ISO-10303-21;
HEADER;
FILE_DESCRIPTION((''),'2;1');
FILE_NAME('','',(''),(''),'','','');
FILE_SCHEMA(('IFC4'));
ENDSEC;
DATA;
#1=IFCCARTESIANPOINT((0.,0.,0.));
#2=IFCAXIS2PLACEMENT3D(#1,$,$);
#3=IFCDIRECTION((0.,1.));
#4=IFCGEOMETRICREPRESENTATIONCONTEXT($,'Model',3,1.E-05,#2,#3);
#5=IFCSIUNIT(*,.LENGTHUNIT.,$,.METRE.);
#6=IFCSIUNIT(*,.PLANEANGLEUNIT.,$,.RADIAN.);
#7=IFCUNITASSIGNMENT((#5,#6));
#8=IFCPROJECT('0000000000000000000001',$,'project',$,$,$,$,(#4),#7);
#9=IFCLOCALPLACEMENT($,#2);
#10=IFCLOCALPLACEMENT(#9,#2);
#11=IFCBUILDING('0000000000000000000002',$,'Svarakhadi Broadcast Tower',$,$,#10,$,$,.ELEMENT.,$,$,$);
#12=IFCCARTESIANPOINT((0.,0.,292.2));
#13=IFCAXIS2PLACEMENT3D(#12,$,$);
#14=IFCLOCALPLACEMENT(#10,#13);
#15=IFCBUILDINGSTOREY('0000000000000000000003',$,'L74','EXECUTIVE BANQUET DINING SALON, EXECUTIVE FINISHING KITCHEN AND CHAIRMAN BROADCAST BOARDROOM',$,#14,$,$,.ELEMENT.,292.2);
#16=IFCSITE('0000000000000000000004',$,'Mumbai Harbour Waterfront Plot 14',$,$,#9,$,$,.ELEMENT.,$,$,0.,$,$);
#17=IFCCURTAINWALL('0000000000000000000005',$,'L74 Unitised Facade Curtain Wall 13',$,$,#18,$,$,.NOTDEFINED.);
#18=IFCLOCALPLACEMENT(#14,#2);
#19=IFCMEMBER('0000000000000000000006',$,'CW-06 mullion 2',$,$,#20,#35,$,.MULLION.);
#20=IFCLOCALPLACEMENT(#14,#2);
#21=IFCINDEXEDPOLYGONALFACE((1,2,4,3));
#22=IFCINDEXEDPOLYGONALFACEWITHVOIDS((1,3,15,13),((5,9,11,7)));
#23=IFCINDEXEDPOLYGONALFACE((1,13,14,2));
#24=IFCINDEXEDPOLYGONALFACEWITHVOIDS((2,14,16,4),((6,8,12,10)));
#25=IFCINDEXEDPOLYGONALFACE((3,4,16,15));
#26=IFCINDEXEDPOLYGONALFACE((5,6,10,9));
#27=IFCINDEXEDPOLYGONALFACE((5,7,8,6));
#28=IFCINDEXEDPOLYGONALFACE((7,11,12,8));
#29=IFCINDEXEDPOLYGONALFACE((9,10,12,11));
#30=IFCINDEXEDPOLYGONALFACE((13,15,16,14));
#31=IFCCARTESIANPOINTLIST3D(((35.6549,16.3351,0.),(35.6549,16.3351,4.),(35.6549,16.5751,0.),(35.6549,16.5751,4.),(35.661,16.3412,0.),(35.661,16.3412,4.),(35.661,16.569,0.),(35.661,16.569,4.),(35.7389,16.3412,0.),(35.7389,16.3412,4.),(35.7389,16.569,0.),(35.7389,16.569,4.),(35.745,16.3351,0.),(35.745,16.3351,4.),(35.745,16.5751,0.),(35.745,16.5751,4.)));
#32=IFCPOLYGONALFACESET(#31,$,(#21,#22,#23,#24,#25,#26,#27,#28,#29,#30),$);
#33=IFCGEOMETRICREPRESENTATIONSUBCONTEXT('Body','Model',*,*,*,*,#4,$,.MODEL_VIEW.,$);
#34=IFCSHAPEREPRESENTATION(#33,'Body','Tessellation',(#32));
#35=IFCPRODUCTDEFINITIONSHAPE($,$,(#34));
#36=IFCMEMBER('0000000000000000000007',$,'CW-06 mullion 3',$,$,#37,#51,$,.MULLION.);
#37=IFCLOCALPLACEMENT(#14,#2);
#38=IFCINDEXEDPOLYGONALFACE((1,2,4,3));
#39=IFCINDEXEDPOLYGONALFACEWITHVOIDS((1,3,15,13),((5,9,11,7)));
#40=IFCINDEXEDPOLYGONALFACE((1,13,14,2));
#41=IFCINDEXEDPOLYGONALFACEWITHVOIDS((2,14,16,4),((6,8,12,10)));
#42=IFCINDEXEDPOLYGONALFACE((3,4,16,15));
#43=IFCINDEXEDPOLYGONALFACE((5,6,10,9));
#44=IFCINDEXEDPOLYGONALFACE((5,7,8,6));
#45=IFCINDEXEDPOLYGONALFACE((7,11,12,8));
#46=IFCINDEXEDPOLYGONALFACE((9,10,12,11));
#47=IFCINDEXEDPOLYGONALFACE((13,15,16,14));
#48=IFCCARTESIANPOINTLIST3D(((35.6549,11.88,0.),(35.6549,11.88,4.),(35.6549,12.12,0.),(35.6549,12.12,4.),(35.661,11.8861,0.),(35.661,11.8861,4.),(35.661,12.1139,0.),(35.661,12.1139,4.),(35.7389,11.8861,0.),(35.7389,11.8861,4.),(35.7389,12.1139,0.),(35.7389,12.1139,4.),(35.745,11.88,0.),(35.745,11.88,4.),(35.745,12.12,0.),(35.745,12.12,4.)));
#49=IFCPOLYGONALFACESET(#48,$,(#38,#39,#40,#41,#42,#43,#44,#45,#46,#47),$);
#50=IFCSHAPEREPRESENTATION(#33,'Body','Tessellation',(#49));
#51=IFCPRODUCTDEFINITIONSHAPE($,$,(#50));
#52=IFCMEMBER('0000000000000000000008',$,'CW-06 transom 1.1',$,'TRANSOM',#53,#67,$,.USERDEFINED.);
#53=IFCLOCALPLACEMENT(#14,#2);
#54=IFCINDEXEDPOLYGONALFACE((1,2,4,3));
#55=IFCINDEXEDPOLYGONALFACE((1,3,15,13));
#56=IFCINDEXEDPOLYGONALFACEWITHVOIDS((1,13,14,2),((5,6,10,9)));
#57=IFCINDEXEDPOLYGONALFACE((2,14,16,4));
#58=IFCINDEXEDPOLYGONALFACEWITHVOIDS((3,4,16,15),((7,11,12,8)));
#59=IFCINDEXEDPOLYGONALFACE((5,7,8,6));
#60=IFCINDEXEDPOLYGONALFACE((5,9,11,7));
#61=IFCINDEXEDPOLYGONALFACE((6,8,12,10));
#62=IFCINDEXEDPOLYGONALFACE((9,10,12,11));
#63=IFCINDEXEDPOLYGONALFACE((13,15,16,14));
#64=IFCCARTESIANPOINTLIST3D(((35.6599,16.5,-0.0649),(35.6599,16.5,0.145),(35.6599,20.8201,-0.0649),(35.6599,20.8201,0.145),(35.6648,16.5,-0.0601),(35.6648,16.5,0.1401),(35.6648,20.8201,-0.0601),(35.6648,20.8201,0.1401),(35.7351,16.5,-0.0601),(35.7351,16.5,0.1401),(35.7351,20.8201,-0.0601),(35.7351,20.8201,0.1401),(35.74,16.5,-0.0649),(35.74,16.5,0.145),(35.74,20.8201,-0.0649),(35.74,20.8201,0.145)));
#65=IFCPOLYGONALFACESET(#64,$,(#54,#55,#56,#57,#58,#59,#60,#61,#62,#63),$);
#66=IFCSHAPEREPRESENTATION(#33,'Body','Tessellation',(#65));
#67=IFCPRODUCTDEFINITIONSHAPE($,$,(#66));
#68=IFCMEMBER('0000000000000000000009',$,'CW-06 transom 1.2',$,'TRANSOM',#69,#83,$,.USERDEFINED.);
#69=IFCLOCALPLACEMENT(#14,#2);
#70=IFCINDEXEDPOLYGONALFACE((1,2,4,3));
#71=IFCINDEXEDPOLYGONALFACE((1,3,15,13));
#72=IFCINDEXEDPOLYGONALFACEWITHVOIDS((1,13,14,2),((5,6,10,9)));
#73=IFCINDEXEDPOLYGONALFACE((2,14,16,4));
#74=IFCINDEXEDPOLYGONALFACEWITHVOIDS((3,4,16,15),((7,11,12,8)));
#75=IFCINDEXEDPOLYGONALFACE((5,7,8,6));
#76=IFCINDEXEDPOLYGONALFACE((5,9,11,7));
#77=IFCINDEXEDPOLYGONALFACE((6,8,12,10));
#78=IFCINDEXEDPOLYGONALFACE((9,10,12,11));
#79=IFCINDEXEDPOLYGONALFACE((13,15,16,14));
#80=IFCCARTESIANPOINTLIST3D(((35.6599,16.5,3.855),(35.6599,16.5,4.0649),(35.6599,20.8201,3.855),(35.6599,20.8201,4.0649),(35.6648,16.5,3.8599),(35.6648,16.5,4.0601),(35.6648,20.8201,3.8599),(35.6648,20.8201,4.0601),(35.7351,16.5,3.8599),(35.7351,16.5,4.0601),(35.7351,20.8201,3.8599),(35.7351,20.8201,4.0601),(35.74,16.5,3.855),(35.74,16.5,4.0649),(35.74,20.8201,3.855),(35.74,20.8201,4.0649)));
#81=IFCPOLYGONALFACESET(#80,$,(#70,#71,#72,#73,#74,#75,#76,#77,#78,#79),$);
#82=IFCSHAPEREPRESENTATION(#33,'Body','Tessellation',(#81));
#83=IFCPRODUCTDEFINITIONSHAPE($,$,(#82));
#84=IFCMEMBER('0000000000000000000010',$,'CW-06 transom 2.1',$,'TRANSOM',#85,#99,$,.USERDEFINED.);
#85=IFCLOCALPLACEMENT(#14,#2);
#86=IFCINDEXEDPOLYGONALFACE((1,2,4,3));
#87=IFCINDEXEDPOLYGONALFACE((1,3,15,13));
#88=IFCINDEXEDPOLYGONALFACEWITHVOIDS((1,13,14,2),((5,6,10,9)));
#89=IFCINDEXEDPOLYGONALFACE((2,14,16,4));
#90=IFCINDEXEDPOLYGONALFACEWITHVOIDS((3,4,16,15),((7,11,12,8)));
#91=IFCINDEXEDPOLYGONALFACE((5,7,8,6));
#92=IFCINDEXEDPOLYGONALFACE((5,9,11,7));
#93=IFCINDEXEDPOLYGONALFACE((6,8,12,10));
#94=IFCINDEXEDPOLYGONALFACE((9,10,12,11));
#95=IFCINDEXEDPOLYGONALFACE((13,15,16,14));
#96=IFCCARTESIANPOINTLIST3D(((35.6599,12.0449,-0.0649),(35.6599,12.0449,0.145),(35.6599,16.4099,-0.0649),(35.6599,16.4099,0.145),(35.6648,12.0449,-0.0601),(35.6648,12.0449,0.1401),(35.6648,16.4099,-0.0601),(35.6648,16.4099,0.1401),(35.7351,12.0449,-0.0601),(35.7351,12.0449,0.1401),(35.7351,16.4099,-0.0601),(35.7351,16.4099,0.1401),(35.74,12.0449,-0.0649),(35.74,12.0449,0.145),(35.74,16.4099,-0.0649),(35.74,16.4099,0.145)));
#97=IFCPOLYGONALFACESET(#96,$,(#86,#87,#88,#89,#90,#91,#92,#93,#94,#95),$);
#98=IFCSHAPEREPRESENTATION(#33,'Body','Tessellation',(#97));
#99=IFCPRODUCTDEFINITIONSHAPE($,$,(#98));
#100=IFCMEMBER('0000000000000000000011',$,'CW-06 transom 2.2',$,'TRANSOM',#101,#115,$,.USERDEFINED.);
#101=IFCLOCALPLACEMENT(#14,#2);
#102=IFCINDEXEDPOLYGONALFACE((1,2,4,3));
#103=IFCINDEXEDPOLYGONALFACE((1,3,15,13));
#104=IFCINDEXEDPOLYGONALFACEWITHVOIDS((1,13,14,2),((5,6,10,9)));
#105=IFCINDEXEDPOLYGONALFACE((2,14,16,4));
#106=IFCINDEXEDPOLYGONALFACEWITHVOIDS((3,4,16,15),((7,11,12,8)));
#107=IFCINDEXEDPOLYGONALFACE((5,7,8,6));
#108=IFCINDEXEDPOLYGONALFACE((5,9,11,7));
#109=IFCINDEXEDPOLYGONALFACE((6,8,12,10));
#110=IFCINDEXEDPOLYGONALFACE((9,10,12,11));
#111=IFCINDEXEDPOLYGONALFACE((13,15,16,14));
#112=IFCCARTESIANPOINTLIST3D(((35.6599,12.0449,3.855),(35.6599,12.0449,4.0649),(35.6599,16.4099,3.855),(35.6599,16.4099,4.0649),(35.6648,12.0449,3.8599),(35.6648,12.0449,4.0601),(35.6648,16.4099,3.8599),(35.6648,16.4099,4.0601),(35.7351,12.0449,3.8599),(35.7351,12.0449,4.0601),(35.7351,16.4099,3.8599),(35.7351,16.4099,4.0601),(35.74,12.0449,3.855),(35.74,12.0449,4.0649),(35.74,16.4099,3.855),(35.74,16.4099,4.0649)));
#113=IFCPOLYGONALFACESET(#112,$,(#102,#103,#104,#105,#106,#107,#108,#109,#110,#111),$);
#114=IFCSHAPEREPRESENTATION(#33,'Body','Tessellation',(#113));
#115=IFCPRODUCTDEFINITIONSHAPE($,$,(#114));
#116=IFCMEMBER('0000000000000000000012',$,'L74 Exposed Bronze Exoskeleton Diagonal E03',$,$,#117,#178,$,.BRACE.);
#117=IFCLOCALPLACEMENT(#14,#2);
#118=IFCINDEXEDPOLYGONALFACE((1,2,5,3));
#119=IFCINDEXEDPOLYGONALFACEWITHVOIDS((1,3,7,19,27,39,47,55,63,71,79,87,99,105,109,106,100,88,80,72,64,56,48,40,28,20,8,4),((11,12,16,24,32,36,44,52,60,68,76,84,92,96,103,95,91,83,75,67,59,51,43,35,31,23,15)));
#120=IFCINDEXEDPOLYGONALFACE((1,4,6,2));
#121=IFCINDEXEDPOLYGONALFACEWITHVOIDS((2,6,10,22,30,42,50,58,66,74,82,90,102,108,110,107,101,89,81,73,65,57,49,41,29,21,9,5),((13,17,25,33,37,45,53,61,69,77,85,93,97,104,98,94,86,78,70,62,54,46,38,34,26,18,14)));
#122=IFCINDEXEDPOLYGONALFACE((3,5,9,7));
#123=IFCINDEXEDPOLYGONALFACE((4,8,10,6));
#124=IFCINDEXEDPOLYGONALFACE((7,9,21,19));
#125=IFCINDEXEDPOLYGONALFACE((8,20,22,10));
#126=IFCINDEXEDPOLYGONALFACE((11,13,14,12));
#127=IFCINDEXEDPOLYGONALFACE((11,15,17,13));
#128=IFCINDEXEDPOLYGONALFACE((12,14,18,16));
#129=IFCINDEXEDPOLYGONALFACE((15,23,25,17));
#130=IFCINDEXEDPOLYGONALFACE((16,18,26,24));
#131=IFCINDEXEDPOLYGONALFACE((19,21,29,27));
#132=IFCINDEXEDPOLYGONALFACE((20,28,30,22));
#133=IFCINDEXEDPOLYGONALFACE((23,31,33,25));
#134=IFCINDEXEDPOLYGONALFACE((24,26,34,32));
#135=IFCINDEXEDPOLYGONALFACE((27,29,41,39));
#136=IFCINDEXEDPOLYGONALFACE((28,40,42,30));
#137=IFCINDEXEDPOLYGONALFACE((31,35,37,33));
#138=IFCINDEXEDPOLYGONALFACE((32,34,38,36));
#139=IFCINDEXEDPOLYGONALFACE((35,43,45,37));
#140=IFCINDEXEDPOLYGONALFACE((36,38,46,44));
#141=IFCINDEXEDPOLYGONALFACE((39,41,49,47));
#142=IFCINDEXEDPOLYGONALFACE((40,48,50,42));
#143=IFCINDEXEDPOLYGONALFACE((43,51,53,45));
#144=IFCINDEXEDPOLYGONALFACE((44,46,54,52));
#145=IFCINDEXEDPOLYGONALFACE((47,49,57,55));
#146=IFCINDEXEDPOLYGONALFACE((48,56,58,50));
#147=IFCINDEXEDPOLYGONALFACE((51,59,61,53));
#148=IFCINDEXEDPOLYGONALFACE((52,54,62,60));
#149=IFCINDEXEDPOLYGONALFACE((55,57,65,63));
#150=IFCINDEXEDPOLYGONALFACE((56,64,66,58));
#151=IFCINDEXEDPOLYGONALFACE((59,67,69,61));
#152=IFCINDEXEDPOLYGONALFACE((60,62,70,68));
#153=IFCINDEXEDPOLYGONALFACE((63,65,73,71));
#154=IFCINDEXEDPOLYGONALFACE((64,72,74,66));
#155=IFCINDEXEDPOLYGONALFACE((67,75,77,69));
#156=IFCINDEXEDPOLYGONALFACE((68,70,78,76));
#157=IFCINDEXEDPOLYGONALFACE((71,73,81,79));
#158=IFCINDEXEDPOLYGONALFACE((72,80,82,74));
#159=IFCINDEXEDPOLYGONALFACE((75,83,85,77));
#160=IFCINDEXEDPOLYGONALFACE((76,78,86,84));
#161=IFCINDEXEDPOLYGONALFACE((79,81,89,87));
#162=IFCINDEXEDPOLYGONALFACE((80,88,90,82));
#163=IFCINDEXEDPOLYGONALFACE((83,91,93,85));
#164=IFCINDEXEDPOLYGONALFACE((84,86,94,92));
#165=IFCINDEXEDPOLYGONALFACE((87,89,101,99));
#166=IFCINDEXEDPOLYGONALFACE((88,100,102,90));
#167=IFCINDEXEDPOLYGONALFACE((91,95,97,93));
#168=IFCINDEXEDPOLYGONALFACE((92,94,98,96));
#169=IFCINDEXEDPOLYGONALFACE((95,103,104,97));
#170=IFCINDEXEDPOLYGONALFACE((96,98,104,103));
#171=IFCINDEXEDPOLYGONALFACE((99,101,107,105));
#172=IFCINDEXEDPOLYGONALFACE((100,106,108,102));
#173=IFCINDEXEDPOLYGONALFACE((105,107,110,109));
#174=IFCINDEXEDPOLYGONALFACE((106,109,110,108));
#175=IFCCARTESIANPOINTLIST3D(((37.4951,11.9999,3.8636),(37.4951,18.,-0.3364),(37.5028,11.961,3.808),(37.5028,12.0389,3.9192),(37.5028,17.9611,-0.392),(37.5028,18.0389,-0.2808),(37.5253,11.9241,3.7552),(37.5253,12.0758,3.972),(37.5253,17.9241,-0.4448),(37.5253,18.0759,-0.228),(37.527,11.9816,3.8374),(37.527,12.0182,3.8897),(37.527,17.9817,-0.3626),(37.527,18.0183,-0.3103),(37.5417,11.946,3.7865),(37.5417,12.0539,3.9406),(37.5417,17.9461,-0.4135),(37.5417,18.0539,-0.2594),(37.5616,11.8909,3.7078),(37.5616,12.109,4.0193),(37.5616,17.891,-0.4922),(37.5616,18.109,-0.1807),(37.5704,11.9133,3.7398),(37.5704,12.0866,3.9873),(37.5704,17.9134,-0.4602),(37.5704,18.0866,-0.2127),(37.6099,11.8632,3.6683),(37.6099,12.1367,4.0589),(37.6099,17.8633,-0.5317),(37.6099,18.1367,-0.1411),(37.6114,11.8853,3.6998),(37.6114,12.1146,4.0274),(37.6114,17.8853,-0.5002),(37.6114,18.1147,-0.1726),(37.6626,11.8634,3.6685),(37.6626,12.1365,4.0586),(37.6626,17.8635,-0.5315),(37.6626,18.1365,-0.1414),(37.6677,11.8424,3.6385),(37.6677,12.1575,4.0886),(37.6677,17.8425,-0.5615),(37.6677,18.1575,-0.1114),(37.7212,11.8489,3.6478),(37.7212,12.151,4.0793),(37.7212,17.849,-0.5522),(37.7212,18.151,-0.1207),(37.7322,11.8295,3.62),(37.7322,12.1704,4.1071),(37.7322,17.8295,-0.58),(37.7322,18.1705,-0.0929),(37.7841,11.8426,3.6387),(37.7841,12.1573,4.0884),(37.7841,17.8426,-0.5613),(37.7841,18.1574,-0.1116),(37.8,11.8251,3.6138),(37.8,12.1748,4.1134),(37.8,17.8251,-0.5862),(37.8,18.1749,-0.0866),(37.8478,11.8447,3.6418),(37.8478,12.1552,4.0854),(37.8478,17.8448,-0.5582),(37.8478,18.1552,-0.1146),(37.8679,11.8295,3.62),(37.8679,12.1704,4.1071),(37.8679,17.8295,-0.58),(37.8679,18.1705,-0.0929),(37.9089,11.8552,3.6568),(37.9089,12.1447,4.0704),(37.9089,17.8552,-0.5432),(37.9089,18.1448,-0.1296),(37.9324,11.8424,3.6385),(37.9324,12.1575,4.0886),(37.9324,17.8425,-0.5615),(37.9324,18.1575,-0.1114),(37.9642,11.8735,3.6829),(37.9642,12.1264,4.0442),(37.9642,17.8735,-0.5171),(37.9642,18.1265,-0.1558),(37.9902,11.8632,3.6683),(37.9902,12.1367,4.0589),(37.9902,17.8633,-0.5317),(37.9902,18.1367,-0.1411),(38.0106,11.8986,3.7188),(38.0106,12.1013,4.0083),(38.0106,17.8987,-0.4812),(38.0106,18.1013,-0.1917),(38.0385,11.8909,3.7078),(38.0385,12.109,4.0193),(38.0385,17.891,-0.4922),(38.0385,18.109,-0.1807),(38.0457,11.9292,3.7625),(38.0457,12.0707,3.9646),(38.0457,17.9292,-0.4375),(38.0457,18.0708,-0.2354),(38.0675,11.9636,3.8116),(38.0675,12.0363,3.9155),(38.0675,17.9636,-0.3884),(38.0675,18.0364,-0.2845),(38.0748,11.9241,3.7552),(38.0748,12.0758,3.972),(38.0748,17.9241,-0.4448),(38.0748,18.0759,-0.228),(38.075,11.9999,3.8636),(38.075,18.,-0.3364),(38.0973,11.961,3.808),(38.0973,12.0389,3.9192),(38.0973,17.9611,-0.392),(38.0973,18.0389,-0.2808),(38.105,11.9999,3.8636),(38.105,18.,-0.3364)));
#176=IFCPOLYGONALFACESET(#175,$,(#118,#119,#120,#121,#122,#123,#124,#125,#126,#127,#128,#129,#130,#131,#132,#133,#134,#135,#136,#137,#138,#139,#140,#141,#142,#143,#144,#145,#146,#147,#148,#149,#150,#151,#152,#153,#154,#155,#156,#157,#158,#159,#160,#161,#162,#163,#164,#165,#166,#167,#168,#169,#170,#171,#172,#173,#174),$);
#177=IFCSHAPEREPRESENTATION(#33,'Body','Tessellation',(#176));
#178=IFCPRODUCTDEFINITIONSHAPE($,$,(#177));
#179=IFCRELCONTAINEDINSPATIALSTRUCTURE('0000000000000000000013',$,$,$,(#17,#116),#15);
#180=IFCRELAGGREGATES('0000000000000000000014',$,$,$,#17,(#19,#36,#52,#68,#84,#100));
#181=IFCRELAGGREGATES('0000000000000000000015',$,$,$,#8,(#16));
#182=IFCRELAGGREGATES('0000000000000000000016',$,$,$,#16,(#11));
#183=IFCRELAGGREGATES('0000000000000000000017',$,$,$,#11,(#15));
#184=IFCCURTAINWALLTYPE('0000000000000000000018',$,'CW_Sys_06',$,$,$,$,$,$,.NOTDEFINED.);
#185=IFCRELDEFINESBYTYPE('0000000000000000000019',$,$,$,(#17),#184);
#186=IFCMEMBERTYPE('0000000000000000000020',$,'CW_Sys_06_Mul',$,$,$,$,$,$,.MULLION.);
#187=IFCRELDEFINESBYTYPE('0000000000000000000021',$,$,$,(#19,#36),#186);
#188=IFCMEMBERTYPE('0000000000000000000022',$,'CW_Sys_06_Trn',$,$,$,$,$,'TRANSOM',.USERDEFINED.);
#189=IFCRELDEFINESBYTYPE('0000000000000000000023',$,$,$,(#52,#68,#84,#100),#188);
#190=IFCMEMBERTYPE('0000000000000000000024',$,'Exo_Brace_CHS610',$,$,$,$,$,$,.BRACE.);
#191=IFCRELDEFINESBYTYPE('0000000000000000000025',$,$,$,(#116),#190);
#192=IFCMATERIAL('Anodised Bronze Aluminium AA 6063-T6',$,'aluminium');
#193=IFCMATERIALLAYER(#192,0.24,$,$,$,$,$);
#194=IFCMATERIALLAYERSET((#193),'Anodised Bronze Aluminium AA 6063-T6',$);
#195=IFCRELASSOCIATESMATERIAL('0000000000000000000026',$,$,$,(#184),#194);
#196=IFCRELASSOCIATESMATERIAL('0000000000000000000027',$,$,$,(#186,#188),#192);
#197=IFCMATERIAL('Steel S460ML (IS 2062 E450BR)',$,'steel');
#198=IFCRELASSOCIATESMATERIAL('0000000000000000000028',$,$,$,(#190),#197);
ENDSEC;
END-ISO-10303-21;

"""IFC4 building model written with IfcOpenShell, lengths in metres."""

from ifc_helpers import new_model, si_unit, direction, frame, origin, origin_2d, place, context, subcontext, project, spatial, hollow_rectangle, hollow_circle, extrude, material, layer, layer_set, material_profile, profile_set, type_object, element, aggregate, save


model = new_model("IFC4")

# Units and contexts
model_context = context("Model", 3, precision=1e-05, world=origin(), true_north=direction((0.0, 1.0)))
body_context = subcontext(model_context, "Body", "Model", "MODEL_VIEW")
ifc_project = project(units=[si_unit("LENGTHUNIT", "METRE"), si_unit("PLANEANGLEUNIT", "RADIAN")], contexts=[model_context])

# Site, building, storey
site_placement = place(None, origin())
site = spatial("IfcSite", under=ifc_project, at=site_placement, Name="Mumbai Harbour Waterfront Plot 14", CompositionType="ELEMENT", RefElevation=0.0)
building_placement = place(site_placement, origin())
building = spatial("IfcBuilding", under=site, at=building_placement, Name="Svarakhadi Broadcast Tower", CompositionType="ELEMENT")
storey_placement = place(building_placement, frame((0.0, 0.0, 292.2)))
storey = spatial("IfcBuildingStorey", under=building, at=storey_placement, Name="L74", Description="EXECUTIVE BANQUET DINING SALON, EXECUTIVE FINISHING KITCHEN AND CHAIRMAN BROADCAST BOARDROOM", CompositionType="ELEMENT", Elevation=292.2)

# Shared definitions
ifc_material_1 = material(Name="Steel S460ML (IS 2062 E450BR)", Category="steel")

# Shared definitions
ifc_material_2 = material(Name="Anodised Bronze Aluminium AA 6063-T6", Category="aluminium")
ifc_layer_1 = layer(ifc_material_2, 0.24)
ifc_layer_set_1 = layer_set([ifc_layer_1], Name="Anodised Bronze Aluminium AA 6063-T6")
curtain_wall_type = type_object("IfcCurtainWallType", Name="CW_Sys_06", PredefinedType="NOTDEFINED", material=ifc_layer_set_1)
ifc_material_profile_1 = material_profile(ifc_material_2, hollow_rectangle(XDim=0.0901, YDim=0.24, WallThickness=0.0061, at=origin_2d()), Name="ALU MULLION 240x90x6")
ifc_profile_set_1 = profile_set([ifc_material_profile_1], Name="Anodised Bronze Aluminium AA 6063-T6")
member_type_1 = type_object("IfcMemberType", Name="CW_Sys_06_Mul", PredefinedType="MULLION", material=ifc_profile_set_1)

# Curtain wall, members
curtain_wall_1_placement = place(storey_placement, origin())
curtain_wall_1 = element("IfcCurtainWall", 1, at=curtain_wall_1_placement, inside=storey, type_object=curtain_wall_type, Name="L74 Unitised Facade Curtain Wall 13", PredefinedType="NOTDEFINED")
member_1_placement = place(storey_placement, frame((35.7, 16.4551, 0.0), z_axis=(0.0, 0.0, 1.0), x_axis=(1.0, 0.0, 0.0)))
member_1 = element("IfcMember", 2, at=member_1_placement, type_object=member_type_1, Name="CW-06 mullion 2", PredefinedType="MULLION", context=body_context, shape_type="SweptSolid", body=[
    extrude(hollow_rectangle(XDim=0.0901, YDim=0.24, WallThickness=0.0061, at=origin_2d()), origin(), (0.0, 0.0, 1.0), 4.0),
])
member_2_placement = place(storey_placement, frame((35.7, 12.0, 0.0), z_axis=(0.0, 0.0, 1.0), x_axis=(1.0, 0.0, 0.0)))
member_2 = element("IfcMember", 3, at=member_2_placement, type_object=member_type_1, Name="CW-06 mullion 3", PredefinedType="MULLION", context=body_context, shape_type="SweptSolid", body=[
    extrude(hollow_rectangle(XDim=0.0901, YDim=0.24, WallThickness=0.0061, at=origin_2d()), origin(), (0.0, 0.0, 1.0), 4.0),
])
ifc_material_profile_2 = material_profile(ifc_material_2, hollow_rectangle(XDim=0.0801, YDim=0.21, WallThickness=0.0049, at=origin_2d()), Name="ALU TRANSOM 210x80x5")
ifc_profile_set_2 = profile_set([ifc_material_profile_2], Name="Anodised Bronze Aluminium AA 6063-T6")
member_type_2 = type_object("IfcMemberType", Name="CW_Sys_06_Trn", ElementType="TRANSOM", PredefinedType="USERDEFINED", material=ifc_profile_set_2)
member_3_placement = place(storey_placement, frame((35.7, 20.8201, 0.04), z_axis=(0.0, -1.0, 0.0), x_axis=(1.0, 0.0, 0.0)))
member_3 = element("IfcMember", 4, at=member_3_placement, type_object=member_type_2, Name="CW-06 transom 1.1", ObjectType="TRANSOM", PredefinedType="USERDEFINED", context=body_context, shape_type="SweptSolid", body=[
    extrude(hollow_rectangle(XDim=0.0801, YDim=0.21, WallThickness=0.0049, at=origin_2d()), origin(), (0.0, 0.0, 1.0), 4.3201),
])
member_4_placement = place(storey_placement, frame((35.7, 20.8201, 3.96), z_axis=(0.0, -1.0, 0.0), x_axis=(1.0, 0.0, 0.0)))
member_4 = element("IfcMember", 5, at=member_4_placement, type_object=member_type_2, Name="CW-06 transom 1.2", ObjectType="TRANSOM", PredefinedType="USERDEFINED", context=body_context, shape_type="SweptSolid", body=[
    extrude(hollow_rectangle(XDim=0.0801, YDim=0.21, WallThickness=0.0049, at=origin_2d()), origin(), (0.0, 0.0, 1.0), 4.3201),
])
member_5_placement = place(storey_placement, frame((35.7, 16.4099, 0.04), z_axis=(0.0, -1.0, 0.0), x_axis=(1.0, 0.0, 0.0)))
member_5 = element("IfcMember", 6, at=member_5_placement, type_object=member_type_2, Name="CW-06 transom 2.1", ObjectType="TRANSOM", PredefinedType="USERDEFINED", context=body_context, shape_type="SweptSolid", body=[
    extrude(hollow_rectangle(XDim=0.0801, YDim=0.21, WallThickness=0.0049, at=origin_2d()), origin(), (0.0, 0.0, 1.0), 4.365),
])
member_6_placement = place(storey_placement, frame((35.7, 16.4099, 3.96), z_axis=(0.0, -1.0, 0.0), x_axis=(1.0, 0.0, 0.0)))
member_6 = element("IfcMember", 7, at=member_6_placement, type_object=member_type_2, Name="CW-06 transom 2.2", ObjectType="TRANSOM", PredefinedType="USERDEFINED", context=body_context, shape_type="SweptSolid", body=[
    extrude(hollow_rectangle(XDim=0.0801, YDim=0.21, WallThickness=0.0049, at=origin_2d()), origin(), (0.0, 0.0, 1.0), 4.365),
])

# Member
ifc_material_profile_3 = material_profile(ifc_material_1, hollow_circle(Radius=0.3049, WallThickness=0.03, at=origin_2d()), Name="CHS 610x30")
ifc_profile_set_3 = profile_set([ifc_material_profile_3], Name="Steel S460ML (IS 2062 E450BR)")
member_type_3 = type_object("IfcMemberType", Name="Exo_Brace_CHS610", PredefinedType="BRACE", material=ifc_profile_set_3)
member_7_placement = place(storey_placement, frame((37.8, 18.0, -0.3364), z_axis=(0.0, -0.819235, 0.573458), x_axis=(1.0, 0.0, 0.0)))
element("IfcMember", 8, at=member_7_placement, inside=storey, type_object=member_type_3, Name="L74 Exposed Bronze Exoskeleton Diagonal E03", PredefinedType="BRACE", context=body_context, shape_type="SweptSolid", body=[
    extrude(hollow_circle(Radius=0.3049, WallThickness=0.03, at=origin_2d()), origin(), (0.0, 0.0, 1.0), 7.324),
])

aggregate(curtain_wall_1, [member_1, member_2, member_3, member_4, member_5, member_6])

save(model, "model.ifc")
